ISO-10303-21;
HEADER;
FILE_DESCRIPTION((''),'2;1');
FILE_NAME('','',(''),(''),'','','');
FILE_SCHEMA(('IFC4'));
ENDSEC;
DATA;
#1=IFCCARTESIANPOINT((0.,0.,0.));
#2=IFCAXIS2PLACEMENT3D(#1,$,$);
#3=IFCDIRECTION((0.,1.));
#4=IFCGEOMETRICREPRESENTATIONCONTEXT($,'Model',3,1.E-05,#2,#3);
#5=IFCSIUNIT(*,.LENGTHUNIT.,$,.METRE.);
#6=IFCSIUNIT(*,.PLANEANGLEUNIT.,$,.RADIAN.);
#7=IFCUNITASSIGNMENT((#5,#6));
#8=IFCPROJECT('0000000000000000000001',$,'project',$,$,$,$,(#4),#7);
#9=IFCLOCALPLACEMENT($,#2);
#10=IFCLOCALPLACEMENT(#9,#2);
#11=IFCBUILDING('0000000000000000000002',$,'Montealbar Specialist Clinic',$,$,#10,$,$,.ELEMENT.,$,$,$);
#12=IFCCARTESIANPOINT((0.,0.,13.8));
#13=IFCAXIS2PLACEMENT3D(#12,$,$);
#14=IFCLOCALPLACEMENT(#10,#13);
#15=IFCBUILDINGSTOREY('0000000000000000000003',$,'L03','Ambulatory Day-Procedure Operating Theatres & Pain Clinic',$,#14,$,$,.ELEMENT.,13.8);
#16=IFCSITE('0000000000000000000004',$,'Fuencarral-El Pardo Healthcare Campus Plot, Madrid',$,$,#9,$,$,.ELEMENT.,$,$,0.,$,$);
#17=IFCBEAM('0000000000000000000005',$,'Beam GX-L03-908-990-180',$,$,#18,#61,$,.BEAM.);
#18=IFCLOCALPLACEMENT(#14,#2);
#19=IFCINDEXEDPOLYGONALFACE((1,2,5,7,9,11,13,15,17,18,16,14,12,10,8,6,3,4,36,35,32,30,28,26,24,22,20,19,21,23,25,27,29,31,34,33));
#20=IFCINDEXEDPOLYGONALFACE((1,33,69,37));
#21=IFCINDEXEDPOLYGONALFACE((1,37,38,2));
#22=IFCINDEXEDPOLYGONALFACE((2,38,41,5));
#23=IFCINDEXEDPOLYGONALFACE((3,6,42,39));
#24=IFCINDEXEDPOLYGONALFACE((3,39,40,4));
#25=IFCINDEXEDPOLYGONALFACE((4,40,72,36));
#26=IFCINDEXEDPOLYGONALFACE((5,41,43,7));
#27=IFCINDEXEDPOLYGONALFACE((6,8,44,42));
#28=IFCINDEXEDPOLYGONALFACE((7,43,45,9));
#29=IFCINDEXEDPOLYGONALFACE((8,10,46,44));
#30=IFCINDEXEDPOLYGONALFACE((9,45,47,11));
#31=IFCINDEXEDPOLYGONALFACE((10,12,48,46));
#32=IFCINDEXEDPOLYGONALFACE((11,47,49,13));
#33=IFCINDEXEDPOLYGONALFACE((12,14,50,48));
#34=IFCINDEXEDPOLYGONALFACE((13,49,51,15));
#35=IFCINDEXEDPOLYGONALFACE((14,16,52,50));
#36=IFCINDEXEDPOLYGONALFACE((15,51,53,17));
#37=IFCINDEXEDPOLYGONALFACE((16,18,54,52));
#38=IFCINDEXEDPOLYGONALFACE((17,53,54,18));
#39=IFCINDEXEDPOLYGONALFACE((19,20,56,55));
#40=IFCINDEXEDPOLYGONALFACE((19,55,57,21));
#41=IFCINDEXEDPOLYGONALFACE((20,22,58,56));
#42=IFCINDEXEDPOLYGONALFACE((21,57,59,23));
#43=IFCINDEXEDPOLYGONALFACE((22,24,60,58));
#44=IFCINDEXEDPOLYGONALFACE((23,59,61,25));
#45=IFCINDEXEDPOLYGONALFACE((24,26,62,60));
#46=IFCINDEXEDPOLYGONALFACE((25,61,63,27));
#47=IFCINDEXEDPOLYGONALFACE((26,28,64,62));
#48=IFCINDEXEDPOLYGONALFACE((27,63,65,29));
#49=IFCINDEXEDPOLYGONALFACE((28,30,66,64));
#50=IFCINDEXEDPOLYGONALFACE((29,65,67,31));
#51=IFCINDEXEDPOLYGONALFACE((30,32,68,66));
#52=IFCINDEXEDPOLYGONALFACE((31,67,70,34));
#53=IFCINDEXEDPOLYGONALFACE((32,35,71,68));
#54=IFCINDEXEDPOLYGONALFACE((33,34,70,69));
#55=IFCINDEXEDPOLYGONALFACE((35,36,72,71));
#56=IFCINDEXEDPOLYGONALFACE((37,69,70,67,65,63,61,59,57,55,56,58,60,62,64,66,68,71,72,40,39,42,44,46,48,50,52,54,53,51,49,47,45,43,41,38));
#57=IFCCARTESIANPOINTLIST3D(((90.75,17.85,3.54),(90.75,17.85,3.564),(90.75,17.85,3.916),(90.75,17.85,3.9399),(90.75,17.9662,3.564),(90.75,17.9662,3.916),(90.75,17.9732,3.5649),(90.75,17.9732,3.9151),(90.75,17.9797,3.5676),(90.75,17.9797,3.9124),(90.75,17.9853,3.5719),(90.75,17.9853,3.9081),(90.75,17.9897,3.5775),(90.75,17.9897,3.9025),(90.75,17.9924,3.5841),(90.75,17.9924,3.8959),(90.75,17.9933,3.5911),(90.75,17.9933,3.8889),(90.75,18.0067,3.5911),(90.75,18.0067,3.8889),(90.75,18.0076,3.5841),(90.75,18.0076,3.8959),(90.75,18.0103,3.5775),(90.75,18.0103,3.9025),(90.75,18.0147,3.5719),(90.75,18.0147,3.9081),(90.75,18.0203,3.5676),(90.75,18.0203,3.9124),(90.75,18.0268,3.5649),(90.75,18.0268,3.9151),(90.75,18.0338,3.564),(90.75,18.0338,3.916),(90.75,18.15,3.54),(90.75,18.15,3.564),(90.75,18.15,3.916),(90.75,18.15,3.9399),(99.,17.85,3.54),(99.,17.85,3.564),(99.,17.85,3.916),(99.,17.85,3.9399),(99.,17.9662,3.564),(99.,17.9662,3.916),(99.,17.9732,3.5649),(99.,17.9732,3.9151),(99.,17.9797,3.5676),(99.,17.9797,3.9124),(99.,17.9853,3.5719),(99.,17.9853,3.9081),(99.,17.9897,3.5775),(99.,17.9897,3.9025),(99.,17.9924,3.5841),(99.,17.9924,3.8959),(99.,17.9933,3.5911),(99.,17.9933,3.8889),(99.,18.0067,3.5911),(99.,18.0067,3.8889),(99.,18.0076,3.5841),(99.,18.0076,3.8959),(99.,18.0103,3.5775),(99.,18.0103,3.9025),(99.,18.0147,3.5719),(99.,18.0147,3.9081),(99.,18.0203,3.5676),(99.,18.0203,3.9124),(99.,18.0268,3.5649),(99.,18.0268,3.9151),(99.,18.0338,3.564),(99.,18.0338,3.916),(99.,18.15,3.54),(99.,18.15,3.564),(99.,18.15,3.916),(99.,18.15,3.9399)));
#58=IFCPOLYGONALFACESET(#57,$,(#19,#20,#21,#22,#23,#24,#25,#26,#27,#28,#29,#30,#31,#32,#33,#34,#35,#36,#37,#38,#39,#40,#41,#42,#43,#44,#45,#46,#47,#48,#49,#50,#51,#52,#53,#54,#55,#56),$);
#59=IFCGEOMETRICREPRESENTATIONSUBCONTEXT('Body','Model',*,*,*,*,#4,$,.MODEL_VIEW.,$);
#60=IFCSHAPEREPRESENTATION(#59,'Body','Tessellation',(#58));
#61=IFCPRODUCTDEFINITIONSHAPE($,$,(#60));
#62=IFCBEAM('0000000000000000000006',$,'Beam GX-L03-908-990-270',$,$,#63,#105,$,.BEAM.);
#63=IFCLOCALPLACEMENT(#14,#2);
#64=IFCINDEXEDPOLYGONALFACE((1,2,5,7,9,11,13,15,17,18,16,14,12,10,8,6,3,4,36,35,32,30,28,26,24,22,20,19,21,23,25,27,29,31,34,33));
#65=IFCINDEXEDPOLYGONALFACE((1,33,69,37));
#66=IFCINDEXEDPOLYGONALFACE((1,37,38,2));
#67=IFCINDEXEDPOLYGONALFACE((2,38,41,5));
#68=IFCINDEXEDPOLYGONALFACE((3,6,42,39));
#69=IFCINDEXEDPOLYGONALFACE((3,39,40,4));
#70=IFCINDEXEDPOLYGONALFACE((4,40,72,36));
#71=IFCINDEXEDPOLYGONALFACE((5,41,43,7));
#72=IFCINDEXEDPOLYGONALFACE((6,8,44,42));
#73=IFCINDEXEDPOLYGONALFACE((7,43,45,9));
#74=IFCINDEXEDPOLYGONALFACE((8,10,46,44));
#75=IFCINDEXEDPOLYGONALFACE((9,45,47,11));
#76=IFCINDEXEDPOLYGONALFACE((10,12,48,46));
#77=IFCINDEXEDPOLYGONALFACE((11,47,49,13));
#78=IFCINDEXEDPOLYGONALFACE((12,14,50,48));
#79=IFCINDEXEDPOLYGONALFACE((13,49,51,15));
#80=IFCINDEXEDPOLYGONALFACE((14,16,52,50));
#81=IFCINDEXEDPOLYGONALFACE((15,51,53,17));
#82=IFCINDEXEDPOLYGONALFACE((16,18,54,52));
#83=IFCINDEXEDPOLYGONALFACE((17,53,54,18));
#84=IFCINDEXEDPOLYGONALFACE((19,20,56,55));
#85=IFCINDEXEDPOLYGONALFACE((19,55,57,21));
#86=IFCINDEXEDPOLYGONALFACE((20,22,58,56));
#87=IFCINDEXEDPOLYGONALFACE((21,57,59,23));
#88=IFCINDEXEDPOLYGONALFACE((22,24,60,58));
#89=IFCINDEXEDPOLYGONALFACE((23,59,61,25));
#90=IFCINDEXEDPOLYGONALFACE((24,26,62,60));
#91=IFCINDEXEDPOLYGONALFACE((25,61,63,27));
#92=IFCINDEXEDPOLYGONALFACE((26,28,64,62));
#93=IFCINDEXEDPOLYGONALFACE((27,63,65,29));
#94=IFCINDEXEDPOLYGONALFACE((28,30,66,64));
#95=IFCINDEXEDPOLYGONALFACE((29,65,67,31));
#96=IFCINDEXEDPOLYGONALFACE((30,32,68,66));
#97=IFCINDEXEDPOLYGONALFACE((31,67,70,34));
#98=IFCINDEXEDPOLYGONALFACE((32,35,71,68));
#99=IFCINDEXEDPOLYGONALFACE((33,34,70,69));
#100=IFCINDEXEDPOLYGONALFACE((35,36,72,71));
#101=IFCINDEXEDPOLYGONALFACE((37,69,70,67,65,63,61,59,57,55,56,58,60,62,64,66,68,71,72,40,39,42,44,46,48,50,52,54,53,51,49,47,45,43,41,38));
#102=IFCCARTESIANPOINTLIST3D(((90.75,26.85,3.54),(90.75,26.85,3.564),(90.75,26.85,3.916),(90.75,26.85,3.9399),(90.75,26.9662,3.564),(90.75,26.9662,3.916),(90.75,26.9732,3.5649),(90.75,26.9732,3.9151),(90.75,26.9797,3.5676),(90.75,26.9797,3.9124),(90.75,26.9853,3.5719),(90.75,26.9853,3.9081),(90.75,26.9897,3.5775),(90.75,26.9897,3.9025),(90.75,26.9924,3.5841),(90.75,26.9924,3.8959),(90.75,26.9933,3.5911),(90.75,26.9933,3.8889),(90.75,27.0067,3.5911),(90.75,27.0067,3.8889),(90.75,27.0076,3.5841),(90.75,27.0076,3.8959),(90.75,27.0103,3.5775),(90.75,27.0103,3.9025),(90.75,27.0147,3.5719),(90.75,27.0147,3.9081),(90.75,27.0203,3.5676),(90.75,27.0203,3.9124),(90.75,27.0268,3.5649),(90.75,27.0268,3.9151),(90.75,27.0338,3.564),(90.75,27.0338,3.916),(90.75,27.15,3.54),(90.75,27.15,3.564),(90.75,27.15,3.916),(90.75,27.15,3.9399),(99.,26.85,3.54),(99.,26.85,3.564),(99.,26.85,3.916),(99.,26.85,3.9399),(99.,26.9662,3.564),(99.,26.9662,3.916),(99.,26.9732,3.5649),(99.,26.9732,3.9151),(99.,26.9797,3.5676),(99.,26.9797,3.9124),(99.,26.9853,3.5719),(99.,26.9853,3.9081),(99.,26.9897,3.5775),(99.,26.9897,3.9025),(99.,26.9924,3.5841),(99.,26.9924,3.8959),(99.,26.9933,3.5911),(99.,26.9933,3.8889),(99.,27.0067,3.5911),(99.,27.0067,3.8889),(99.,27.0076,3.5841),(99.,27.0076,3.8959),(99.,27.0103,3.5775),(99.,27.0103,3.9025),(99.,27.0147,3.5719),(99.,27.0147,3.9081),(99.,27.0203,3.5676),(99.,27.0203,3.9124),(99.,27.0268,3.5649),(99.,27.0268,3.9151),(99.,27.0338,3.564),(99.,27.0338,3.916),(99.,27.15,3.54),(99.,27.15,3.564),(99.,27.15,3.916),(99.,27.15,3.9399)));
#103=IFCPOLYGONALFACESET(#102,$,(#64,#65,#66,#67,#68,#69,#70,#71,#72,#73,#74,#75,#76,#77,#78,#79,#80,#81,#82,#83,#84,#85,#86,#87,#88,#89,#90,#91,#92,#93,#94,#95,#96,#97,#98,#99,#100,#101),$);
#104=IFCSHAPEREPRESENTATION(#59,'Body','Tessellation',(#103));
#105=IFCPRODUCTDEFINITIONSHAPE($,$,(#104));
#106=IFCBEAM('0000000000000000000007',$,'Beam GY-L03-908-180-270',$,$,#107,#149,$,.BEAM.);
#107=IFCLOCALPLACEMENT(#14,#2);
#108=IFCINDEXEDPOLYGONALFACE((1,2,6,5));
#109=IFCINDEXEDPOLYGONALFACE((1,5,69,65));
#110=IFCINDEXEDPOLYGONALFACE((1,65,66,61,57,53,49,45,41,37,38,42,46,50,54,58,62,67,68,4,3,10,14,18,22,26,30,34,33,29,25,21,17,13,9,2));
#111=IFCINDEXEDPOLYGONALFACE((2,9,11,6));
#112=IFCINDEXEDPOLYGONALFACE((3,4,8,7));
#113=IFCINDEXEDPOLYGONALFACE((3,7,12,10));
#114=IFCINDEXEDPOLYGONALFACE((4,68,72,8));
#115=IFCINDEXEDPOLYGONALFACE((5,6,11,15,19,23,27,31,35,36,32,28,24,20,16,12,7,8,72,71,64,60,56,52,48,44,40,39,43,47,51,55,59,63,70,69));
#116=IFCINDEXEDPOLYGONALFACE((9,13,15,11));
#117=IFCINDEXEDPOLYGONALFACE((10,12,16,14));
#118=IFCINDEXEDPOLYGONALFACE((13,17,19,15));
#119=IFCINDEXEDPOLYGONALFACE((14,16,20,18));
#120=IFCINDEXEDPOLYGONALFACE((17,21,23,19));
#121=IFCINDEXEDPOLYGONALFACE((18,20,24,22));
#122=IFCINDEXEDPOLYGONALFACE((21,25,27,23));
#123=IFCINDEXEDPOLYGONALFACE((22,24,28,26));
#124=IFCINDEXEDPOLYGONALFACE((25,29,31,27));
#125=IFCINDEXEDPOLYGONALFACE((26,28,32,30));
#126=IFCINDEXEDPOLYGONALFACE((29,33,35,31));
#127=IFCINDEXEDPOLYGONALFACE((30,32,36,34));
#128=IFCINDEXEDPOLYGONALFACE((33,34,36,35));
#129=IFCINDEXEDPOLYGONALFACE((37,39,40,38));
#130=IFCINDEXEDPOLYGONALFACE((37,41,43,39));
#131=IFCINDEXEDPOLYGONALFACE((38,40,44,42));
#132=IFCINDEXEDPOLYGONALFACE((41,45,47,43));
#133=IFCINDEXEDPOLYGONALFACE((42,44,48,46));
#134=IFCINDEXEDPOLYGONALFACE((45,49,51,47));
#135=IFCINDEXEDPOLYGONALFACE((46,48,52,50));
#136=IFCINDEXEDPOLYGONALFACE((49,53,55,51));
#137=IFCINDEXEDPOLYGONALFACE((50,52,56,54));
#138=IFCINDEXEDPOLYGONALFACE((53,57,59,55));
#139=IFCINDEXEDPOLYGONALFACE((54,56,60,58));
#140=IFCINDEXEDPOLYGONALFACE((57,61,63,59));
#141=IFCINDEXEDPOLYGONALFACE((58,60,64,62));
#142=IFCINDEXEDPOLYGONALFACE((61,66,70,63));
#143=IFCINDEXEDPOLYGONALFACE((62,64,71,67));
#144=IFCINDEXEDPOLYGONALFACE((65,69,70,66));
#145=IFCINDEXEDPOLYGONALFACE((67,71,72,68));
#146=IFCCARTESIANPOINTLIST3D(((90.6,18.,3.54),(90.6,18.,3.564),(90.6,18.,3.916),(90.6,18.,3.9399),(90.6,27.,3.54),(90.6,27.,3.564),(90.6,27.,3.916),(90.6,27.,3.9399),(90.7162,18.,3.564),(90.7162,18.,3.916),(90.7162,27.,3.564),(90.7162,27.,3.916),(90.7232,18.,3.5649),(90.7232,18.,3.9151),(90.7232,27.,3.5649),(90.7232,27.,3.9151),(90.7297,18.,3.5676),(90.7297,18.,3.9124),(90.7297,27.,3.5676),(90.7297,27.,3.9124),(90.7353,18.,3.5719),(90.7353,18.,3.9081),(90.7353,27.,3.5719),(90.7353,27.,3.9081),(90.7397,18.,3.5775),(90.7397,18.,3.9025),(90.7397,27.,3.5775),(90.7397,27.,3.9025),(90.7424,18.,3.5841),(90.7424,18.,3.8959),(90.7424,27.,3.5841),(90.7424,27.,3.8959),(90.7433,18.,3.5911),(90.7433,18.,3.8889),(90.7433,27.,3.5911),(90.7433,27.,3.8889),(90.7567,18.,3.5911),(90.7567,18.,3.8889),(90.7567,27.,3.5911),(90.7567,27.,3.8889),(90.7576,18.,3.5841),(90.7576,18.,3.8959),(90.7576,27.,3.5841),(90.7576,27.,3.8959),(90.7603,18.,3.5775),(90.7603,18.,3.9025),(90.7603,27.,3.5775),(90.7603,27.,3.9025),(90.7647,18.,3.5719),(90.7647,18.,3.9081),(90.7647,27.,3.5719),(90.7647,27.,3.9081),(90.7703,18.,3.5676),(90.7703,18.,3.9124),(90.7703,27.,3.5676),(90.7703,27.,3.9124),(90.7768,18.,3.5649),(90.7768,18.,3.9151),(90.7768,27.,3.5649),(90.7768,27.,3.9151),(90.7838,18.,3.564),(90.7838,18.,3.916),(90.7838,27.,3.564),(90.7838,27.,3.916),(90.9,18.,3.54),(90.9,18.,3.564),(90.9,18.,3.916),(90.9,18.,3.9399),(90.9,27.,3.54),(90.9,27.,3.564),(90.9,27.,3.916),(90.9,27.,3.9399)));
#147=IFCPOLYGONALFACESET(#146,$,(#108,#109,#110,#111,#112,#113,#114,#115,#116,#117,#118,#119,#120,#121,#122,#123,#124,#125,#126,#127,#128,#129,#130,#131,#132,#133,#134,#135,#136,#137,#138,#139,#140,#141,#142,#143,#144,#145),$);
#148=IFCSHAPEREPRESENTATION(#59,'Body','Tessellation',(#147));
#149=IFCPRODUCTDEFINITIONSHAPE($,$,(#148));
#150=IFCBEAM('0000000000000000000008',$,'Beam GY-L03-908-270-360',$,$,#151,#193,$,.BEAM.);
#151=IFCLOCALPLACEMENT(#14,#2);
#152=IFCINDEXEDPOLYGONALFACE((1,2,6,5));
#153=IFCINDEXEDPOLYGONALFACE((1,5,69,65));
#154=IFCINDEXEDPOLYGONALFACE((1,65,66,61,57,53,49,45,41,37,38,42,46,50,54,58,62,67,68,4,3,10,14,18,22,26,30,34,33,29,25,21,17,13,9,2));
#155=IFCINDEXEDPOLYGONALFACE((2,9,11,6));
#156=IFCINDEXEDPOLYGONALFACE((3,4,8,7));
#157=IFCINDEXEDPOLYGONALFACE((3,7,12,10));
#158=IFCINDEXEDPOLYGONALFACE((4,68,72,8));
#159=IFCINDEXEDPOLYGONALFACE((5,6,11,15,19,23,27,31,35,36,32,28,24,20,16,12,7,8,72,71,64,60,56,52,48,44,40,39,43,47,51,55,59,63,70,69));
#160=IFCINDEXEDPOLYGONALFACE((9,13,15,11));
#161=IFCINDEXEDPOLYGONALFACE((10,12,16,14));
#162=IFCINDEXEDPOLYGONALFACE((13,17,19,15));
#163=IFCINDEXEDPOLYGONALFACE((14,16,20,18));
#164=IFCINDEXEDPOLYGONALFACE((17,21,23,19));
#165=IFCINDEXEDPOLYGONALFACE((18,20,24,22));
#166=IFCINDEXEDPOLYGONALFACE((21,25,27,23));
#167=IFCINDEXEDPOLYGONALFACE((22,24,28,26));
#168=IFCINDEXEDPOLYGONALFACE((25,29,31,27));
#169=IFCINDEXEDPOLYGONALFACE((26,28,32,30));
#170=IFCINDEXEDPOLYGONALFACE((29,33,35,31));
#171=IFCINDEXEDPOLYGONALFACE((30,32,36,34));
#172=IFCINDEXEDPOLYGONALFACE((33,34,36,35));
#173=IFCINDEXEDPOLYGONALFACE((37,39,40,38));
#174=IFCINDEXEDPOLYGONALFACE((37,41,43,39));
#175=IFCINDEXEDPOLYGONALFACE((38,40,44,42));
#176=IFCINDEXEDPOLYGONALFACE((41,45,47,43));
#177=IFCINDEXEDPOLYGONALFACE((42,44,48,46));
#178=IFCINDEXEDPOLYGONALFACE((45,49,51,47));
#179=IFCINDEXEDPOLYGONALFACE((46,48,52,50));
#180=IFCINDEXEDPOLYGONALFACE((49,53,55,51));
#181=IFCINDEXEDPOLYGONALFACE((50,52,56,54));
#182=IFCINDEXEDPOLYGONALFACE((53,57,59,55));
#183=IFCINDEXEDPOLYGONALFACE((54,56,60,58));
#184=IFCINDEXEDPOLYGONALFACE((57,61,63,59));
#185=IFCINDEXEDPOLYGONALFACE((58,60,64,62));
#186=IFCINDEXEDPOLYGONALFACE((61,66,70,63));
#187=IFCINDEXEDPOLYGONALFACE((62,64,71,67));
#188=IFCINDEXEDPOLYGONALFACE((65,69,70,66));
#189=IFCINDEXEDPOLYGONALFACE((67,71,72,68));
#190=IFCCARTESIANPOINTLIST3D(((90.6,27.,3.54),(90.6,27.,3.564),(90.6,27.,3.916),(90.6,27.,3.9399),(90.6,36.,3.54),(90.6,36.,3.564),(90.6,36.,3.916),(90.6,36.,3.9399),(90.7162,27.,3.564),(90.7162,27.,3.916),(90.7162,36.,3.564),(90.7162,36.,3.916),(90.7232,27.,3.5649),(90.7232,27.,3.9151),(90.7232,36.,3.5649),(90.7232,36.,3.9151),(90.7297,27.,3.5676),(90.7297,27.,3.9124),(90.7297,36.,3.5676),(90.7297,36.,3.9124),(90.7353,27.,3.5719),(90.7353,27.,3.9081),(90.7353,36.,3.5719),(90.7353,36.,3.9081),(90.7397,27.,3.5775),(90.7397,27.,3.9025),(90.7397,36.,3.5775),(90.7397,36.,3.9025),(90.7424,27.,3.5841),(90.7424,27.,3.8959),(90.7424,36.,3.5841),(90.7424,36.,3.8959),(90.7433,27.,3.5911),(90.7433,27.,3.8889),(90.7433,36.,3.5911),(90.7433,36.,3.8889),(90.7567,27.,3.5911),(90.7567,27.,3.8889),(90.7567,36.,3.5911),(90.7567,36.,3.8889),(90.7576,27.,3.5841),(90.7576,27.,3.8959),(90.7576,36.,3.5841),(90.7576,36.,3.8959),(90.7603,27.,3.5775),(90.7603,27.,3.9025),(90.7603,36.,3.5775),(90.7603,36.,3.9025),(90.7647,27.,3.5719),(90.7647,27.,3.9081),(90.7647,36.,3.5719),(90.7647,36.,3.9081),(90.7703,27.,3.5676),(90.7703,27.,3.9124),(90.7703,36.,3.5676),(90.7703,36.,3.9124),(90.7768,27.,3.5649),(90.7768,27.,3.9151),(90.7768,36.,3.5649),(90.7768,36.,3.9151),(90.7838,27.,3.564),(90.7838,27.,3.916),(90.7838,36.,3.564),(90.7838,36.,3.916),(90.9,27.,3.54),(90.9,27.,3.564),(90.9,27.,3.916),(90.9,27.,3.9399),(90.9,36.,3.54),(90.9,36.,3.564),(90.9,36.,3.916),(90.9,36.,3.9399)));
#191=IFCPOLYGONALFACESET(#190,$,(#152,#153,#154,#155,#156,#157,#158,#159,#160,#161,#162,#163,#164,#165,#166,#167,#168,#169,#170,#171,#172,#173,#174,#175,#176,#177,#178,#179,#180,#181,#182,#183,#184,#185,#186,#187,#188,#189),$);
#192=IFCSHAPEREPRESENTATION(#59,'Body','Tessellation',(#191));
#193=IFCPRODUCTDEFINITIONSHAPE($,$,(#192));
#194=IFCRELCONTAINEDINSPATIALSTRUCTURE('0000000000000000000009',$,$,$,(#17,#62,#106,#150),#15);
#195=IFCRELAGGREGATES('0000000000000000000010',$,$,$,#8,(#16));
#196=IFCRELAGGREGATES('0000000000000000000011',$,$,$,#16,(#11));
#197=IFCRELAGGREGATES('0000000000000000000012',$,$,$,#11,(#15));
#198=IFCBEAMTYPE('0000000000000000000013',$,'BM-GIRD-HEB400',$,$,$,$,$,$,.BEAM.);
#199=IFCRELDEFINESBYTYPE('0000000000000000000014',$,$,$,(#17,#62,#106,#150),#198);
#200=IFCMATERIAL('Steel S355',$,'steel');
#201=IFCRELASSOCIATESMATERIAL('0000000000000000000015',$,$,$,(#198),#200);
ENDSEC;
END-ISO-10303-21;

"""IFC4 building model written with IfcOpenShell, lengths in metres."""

from ifc_helpers import new_model, si_unit, direction, frame, origin, origin_2d, place, context, subcontext, project, spatial, i_section, extrude, material, material_profile, profile_set, type_object, element, save


model = new_model("IFC4")

# Units and contexts
model_context = context("Model", 3, precision=1e-05, world=origin(), true_north=direction((0.0, 1.0)))
body_context = subcontext(model_context, "Body", "Model", "MODEL_VIEW")
ifc_project = project(units=[si_unit("LENGTHUNIT", "METRE"), si_unit("PLANEANGLEUNIT", "RADIAN")], contexts=[model_context])

# Site, building, storey
site_placement = place(None, origin())
site = spatial("IfcSite", under=ifc_project, at=site_placement, Name="Fuencarral-El Pardo Healthcare Campus Plot, Madrid", CompositionType="ELEMENT", RefElevation=0.0)
building_placement = place(site_placement, origin())
building = spatial("IfcBuilding", under=site, at=building_placement, Name="Montealbar Specialist Clinic", CompositionType="ELEMENT")
storey_placement = place(building_placement, frame((0.0, 0.0, 13.8)))
storey = spatial("IfcBuildingStorey", under=building, at=storey_placement, Name="L03", Description="Ambulatory Day-Procedure Operating Theatres & Pain Clinic", CompositionType="ELEMENT", Elevation=13.8)

# Shared definitions
ifc_material_1 = material(Name="Steel S355", Category="steel")

# Beams
ifc_material_profile_1 = material_profile(ifc_material_1, i_section(OverallWidth=0.3, OverallDepth=0.3999, WebThickness=0.0134, FlangeThickness=0.0239, FilletRadius=0.0271, at=origin_2d()), Name="HEB 400", Category="steel")
ifc_profile_set_1 = profile_set([ifc_material_profile_1], Name="Steel S355")
beam_type_1 = type_object("IfcBeamType", Name="BM-GIRD-HEB400", PredefinedType="BEAM", material=ifc_profile_set_1)
for number, where, z_axis, x_axis, name in (
    (1, (90.75, 18.0, 3.74), (1.0, 0.0, 0.0), (0.0, 1.0, 0.0), "Beam GX-L03-908-990-180"),
    (2, (90.75, 27.0, 3.74), (1.0, 0.0, 0.0), (0.0, 1.0, 0.0), "Beam GX-L03-908-990-270"),
):
    element("IfcBeam", number, at=place(storey_placement, frame(where, z_axis=z_axis, x_axis=x_axis)), inside=storey, type_object=beam_type_1, Name=name, PredefinedType="BEAM", context=body_context, shape_type="SweptSolid", body=[
        extrude(i_section(OverallWidth=0.3, OverallDepth=0.3999, WebThickness=0.0134, FlangeThickness=0.0239, FilletRadius=0.0271, at=origin_2d()), origin(), (0.0, 0.0, 1.0), 8.25),
    ])
for number, where, z_axis, x_axis, name in (
    (3, (90.75, 18.0, 3.74), (0.0, 1.0, 0.0), (-1.0, 0.0, 0.0), "Beam GY-L03-908-180-270"),
    (4, (90.75, 27.0, 3.74), (0.0, 1.0, 0.0), (-1.0, 0.0, 0.0), "Beam GY-L03-908-270-360"),
):
    element("IfcBeam", number, at=place(storey_placement, frame(where, z_axis=z_axis, x_axis=x_axis)), inside=storey, type_object=beam_type_1, Name=name, PredefinedType="BEAM", context=body_context, shape_type="SweptSolid", body=[
        extrude(i_section(OverallWidth=0.3, OverallDepth=0.3999, WebThickness=0.0134, FlangeThickness=0.0239, FilletRadius=0.0271, at=origin_2d()), origin(), (0.0, 0.0, 1.0), 9.0),
    ])

save(model, "model.ifc")
